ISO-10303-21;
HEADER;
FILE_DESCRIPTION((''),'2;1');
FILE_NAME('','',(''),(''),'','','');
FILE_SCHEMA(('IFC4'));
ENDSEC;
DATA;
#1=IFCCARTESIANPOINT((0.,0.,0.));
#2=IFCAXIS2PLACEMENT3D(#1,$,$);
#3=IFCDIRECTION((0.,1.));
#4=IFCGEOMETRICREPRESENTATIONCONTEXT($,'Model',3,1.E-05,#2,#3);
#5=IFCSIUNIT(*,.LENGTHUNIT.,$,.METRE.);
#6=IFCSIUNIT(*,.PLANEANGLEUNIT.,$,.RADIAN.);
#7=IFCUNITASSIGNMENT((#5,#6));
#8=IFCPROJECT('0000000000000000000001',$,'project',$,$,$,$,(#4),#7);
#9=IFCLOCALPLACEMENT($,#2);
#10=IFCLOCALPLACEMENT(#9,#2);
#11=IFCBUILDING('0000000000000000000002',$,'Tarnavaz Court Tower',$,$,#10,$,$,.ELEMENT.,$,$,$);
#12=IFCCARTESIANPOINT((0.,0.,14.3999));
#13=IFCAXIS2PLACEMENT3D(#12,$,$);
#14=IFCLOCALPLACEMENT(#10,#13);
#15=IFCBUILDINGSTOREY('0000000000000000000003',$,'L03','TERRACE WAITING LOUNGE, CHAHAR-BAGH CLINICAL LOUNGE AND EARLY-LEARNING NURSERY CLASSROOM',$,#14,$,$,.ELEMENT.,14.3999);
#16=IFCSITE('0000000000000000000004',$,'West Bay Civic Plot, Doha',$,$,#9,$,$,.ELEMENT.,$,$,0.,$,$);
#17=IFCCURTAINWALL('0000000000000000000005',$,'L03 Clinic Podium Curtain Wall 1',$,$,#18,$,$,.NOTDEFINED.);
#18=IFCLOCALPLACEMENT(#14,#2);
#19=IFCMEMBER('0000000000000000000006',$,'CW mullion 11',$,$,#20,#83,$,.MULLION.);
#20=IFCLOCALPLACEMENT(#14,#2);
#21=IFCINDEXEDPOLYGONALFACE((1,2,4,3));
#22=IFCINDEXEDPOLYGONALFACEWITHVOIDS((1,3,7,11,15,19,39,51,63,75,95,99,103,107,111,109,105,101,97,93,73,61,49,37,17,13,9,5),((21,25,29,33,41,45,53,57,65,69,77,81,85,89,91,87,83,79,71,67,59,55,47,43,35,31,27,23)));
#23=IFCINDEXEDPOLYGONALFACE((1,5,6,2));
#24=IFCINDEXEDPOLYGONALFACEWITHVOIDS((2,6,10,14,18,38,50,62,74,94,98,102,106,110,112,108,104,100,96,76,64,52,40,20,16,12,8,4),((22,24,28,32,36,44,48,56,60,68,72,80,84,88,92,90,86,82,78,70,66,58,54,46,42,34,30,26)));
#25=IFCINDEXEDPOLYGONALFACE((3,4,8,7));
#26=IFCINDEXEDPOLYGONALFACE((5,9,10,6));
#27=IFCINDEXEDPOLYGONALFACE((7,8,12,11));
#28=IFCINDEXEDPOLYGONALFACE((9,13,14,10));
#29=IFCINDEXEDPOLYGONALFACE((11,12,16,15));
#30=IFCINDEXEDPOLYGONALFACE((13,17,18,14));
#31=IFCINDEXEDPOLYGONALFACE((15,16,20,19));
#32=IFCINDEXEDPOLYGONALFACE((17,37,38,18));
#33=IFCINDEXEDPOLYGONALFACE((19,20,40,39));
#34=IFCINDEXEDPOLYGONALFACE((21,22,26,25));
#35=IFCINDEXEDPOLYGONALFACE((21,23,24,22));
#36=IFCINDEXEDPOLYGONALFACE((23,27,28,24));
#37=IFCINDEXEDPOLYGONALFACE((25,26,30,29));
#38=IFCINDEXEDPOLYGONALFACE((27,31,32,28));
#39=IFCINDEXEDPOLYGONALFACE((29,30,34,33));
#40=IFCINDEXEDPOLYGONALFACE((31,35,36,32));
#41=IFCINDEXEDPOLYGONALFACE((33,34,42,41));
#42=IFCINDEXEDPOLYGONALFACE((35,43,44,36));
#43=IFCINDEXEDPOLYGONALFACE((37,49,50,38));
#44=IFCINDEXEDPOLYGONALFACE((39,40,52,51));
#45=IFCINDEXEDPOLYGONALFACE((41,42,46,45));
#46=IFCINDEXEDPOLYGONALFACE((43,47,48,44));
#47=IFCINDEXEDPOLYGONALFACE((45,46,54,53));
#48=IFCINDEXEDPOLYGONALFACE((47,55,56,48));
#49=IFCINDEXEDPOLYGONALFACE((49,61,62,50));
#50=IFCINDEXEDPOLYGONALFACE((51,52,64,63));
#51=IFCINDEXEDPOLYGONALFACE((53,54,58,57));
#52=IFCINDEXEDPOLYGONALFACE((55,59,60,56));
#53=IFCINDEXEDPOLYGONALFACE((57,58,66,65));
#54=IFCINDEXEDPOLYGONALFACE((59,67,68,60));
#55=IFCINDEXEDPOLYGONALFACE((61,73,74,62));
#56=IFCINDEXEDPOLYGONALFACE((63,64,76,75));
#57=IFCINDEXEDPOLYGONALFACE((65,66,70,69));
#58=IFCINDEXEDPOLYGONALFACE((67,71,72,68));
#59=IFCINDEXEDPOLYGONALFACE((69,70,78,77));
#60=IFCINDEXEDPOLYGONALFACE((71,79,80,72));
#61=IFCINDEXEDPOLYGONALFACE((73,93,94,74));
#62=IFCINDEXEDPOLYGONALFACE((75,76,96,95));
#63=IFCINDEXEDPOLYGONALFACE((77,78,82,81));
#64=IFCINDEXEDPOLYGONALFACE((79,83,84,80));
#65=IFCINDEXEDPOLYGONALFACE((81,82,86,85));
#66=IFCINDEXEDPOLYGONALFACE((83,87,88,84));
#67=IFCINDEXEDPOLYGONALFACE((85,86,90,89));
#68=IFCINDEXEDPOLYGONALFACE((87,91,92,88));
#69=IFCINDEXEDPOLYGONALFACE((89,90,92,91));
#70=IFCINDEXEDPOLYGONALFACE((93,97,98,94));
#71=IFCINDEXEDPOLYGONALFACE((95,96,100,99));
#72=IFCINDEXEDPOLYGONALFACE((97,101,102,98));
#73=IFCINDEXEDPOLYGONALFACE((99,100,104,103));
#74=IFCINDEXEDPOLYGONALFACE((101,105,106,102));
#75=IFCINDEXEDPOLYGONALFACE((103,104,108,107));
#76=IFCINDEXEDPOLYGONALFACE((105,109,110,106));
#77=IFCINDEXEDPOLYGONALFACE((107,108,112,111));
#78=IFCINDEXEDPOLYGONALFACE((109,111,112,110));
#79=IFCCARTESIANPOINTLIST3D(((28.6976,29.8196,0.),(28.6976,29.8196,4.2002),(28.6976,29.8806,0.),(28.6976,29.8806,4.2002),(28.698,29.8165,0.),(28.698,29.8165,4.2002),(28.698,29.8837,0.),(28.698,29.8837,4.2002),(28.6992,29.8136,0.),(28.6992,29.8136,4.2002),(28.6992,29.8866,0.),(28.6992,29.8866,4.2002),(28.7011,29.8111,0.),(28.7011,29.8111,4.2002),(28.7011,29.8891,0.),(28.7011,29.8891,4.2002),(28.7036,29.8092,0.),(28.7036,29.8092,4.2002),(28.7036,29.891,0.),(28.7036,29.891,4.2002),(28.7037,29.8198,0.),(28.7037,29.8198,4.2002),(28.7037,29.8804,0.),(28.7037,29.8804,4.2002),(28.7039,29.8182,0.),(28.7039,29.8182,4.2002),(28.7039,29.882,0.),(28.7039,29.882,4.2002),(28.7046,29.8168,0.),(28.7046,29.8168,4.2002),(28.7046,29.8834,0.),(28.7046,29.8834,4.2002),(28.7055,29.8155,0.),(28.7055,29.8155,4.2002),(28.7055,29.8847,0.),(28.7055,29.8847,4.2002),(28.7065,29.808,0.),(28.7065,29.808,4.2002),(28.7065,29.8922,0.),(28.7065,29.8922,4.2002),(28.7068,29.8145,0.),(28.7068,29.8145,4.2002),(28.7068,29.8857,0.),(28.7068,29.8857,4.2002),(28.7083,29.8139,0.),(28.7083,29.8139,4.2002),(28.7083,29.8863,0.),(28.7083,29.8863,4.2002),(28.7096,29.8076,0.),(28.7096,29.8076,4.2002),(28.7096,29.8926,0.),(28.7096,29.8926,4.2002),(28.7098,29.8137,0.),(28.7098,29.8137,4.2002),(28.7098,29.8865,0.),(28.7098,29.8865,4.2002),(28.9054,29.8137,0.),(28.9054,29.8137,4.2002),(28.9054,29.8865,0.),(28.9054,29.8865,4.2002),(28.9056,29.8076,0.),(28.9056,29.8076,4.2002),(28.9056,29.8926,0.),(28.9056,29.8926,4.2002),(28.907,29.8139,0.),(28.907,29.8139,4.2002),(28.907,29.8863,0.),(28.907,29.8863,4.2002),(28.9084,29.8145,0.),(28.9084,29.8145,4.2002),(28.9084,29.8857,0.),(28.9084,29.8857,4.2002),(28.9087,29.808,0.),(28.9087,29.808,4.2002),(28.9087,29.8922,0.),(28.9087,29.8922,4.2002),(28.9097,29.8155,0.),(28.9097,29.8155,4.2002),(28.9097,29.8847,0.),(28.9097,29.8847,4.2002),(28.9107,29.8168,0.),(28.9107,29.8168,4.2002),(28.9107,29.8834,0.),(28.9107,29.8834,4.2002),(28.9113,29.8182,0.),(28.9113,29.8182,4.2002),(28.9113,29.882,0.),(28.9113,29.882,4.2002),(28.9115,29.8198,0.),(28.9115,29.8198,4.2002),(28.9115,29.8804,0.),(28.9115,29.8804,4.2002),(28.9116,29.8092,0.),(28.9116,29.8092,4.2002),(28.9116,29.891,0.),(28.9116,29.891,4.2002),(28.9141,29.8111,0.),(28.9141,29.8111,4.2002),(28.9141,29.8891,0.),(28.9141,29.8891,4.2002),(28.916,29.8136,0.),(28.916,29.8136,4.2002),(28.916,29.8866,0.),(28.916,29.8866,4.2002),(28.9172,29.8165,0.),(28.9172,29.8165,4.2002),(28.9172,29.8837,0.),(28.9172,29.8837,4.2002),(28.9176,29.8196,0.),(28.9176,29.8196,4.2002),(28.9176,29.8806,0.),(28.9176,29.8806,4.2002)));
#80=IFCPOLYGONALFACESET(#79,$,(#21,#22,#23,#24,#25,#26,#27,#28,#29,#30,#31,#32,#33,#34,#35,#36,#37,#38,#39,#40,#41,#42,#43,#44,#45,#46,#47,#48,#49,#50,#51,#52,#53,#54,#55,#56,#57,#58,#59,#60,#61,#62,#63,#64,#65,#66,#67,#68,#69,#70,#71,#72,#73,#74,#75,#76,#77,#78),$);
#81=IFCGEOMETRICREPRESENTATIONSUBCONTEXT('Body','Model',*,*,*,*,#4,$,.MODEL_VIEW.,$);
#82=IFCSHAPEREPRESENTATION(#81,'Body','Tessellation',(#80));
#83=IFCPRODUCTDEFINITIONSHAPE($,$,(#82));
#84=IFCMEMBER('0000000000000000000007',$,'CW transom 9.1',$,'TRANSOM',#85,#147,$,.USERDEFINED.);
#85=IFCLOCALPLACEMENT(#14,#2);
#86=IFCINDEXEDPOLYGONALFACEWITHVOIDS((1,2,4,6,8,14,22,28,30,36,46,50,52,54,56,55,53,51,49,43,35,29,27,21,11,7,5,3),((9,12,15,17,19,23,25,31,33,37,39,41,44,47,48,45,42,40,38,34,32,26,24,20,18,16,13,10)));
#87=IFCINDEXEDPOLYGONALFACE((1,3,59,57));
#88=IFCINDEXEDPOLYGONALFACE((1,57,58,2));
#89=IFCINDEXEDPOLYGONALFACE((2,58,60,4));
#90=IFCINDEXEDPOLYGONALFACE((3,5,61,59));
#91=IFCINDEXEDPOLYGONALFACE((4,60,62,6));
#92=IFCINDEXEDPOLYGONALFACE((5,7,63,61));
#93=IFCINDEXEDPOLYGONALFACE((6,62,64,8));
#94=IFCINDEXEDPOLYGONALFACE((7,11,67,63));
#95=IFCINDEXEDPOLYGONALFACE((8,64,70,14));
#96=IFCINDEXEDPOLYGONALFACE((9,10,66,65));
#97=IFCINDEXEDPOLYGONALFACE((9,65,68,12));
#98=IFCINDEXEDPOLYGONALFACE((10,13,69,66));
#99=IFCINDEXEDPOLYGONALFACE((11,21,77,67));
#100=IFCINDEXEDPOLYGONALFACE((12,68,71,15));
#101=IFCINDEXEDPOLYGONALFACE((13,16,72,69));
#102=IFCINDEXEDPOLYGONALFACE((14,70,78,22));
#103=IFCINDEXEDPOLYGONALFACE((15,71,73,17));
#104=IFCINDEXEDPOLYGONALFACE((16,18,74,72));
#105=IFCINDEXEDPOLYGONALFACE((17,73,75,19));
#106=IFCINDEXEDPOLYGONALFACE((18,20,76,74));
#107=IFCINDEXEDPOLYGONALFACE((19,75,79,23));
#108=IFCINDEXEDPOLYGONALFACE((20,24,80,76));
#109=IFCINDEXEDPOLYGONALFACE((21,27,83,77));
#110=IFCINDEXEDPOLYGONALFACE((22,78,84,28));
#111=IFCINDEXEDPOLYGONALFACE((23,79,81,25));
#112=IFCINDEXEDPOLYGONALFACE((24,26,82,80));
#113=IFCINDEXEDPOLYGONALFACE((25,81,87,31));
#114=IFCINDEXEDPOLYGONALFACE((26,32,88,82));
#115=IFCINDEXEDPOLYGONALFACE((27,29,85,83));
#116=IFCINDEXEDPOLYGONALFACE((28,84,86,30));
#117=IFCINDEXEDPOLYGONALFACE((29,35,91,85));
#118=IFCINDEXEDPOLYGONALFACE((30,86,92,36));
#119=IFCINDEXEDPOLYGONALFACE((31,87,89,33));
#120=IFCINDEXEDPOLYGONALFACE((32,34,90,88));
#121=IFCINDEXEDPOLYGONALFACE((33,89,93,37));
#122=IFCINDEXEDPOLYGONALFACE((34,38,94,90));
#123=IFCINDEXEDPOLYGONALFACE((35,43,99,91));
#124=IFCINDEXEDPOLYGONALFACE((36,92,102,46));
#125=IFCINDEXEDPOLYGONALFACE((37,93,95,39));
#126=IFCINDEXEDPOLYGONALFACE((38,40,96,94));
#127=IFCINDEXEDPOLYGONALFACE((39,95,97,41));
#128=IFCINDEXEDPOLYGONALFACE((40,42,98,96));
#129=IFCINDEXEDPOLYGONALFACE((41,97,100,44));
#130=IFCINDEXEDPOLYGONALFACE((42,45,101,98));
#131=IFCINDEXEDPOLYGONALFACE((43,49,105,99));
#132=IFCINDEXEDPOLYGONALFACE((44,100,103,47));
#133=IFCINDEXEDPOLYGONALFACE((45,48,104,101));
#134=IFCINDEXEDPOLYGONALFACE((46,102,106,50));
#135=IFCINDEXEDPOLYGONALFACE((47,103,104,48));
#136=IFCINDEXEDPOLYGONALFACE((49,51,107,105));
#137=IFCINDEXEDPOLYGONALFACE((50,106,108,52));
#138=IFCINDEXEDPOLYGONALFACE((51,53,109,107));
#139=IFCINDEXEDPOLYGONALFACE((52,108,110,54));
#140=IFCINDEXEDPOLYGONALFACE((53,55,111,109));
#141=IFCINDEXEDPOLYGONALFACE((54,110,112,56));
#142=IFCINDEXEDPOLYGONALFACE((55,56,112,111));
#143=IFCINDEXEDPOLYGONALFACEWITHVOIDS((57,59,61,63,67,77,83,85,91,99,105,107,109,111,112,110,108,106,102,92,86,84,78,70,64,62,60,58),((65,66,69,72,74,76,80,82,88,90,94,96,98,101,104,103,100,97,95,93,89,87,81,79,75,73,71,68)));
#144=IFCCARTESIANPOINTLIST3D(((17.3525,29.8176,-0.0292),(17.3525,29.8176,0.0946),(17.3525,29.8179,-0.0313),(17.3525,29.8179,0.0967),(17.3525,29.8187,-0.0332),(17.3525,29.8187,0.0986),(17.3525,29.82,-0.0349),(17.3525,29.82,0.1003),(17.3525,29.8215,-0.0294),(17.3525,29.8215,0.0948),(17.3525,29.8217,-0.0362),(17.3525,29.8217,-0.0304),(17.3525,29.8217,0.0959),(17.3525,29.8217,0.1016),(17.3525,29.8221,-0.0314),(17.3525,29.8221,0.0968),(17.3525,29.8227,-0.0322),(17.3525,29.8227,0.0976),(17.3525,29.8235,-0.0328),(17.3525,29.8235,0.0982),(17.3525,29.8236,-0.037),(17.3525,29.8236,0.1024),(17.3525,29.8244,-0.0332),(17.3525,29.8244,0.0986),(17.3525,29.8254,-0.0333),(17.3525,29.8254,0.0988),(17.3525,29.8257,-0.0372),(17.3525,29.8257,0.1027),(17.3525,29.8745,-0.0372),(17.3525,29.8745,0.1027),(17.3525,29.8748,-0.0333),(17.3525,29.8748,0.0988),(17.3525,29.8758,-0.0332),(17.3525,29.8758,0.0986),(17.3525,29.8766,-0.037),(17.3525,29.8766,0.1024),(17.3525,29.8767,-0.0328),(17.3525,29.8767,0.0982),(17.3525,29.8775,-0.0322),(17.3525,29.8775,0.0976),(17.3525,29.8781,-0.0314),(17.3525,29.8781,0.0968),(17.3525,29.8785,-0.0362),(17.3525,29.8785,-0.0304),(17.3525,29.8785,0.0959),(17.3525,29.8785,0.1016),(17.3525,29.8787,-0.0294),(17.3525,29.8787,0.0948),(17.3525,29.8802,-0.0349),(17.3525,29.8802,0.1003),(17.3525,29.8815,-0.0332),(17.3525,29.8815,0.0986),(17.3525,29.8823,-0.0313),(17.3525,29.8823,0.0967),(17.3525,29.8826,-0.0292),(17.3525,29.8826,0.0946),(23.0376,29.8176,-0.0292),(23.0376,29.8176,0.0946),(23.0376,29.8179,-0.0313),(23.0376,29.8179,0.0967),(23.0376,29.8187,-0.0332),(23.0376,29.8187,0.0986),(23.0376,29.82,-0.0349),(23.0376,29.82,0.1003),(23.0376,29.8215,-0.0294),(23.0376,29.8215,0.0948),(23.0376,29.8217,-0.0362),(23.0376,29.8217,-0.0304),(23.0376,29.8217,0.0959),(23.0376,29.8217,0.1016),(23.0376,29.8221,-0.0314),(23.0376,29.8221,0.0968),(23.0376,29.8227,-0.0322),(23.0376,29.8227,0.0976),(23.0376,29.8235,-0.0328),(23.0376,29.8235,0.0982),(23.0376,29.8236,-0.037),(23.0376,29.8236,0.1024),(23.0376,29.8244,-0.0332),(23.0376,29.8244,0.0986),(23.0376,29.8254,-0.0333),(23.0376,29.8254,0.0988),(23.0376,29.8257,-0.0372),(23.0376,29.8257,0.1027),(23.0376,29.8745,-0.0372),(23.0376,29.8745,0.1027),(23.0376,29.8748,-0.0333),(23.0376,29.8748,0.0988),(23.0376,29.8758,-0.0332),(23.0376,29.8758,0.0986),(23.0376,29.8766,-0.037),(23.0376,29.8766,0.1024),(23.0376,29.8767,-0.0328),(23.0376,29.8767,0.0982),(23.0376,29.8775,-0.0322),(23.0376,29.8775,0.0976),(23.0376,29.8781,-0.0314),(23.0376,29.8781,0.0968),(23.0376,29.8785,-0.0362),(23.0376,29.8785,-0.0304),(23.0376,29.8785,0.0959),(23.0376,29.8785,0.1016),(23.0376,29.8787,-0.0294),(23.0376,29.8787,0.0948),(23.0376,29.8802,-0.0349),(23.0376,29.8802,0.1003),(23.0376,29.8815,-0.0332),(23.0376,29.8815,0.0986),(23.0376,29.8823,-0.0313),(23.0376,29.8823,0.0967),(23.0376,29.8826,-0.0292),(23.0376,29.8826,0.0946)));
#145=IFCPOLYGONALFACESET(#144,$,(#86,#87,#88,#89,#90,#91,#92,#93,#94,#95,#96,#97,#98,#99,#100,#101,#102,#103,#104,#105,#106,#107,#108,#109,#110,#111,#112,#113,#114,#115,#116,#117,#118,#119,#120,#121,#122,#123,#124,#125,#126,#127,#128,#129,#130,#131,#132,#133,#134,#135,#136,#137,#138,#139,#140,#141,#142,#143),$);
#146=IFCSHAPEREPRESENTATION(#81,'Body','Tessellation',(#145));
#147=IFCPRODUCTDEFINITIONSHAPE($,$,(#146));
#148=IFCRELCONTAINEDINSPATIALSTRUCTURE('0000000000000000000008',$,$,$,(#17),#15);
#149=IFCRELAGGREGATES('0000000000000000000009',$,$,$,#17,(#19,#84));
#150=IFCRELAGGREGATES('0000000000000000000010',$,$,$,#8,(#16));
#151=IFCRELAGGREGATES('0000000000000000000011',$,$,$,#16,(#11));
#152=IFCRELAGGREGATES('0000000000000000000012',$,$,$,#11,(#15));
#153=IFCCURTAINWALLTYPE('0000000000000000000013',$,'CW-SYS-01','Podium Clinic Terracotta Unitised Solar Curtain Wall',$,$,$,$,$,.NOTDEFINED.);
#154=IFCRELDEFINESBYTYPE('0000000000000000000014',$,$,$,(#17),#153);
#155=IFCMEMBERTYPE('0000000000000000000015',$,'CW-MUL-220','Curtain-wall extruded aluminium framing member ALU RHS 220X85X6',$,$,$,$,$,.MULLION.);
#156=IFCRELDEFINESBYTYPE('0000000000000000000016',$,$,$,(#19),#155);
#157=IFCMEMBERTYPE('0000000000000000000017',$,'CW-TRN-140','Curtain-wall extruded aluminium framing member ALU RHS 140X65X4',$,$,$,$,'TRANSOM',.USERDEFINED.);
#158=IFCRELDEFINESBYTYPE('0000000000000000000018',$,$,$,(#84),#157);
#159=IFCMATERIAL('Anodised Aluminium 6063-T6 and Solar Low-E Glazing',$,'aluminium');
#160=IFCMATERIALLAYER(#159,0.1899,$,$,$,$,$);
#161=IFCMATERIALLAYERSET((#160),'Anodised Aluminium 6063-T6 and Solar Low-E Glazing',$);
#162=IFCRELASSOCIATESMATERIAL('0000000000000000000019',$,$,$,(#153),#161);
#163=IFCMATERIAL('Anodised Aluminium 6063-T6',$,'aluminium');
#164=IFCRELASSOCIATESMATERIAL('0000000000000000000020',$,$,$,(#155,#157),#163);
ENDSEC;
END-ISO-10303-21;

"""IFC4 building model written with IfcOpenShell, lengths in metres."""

from ifc_helpers import new_model, si_unit, direction, frame, origin, origin_2d, place, context, subcontext, project, spatial, hollow_rectangle, extrude, material, layer, layer_set, material_profile, profile_set, type_object, element, aggregate, save


model = new_model("IFC4")

# Units and contexts
model_context = context("Model", 3, precision=1e-05, world=origin(), true_north=direction((0.0, 1.0)))
body_context = subcontext(model_context, "Body", "Model", "MODEL_VIEW")
ifc_project = project(units=[si_unit("LENGTHUNIT", "METRE"), si_unit("PLANEANGLEUNIT", "RADIAN")], contexts=[model_context])

# Site, building, storey
site_placement = place(None, origin())
site = spatial("IfcSite", under=ifc_project, at=site_placement, Name="West Bay Civic Plot, Doha", CompositionType="ELEMENT", RefElevation=0.0)
building_placement = place(site_placement, origin())
building = spatial("IfcBuilding", under=site, at=building_placement, Name="Tarnavaz Court Tower", CompositionType="ELEMENT")
storey_placement = place(building_placement, frame((0.0, 0.0, 14.3999)))
storey = spatial("IfcBuildingStorey", under=building, at=storey_placement, Name="L03", Description="TERRACE WAITING LOUNGE, CHAHAR-BAGH CLINICAL LOUNGE AND EARLY-LEARNING NURSERY CLASSROOM", CompositionType="ELEMENT", Elevation=14.3999)

# Curtain wall, members
ifc_material_1 = material(Name="Anodised Aluminium 6063-T6 and Solar Low-E Glazing", Category="aluminium")
ifc_layer_1 = layer(ifc_material_1, 0.1899)
ifc_layer_set_1 = layer_set([ifc_layer_1], Name="Anodised Aluminium 6063-T6 and Solar Low-E Glazing")
curtain_wall_type = type_object("IfcCurtainWallType", Name="CW-SYS-01", Description="Podium Clinic Terracotta Unitised Solar Curtain Wall", PredefinedType="NOTDEFINED", material=ifc_layer_set_1)
curtain_wall_placement = place(storey_placement, origin())
curtain_wall = element("IfcCurtainWall", 1, at=curtain_wall_placement, inside=storey, type_object=curtain_wall_type, Name="L03 Clinic Podium Curtain Wall 1", PredefinedType="NOTDEFINED")
ifc_material_2 = material(Name="Anodised Aluminium 6063-T6", Category="aluminium")
ifc_material_profile_1 = material_profile(ifc_material_2, hollow_rectangle(XDim=0.085, YDim=0.22, WallThickness=0.0061, InnerFilletRadius=0.0061, OuterFilletRadius=0.012, at=origin_2d()), Name="ALU RHS 220X85X6")
ifc_profile_set_1 = profile_set([ifc_material_profile_1], Name="Anodised Aluminium 6063-T6")
member_type_1 = type_object("IfcMemberType", Name="CW-MUL-220", Description="Curtain-wall extruded aluminium framing member ALU RHS 220X85X6", PredefinedType="MULLION", material=ifc_profile_set_1)
member_1_placement = place(storey_placement, frame((28.8076, 29.8501, 0.0), z_axis=(0.0, 0.0, 1.0), x_axis=(0.0, 1.0, 0.0)))
member_1 = element("IfcMember", 2, at=member_1_placement, type_object=member_type_1, Name="CW mullion 11", PredefinedType="MULLION", context=body_context, shape_type="SweptSolid", body=[
    extrude(hollow_rectangle(XDim=0.085, YDim=0.22, WallThickness=0.0061, InnerFilletRadius=0.0061, OuterFilletRadius=0.012, at=origin_2d()), origin(), (0.0, 0.0, 1.0), 4.2002),
])
ifc_material_profile_2 = material_profile(ifc_material_2, hollow_rectangle(XDim=0.0649, YDim=0.1399, WallThickness=0.0039, InnerFilletRadius=0.0039, OuterFilletRadius=0.0081, at=origin_2d()), Name="ALU RHS 140X65X4")
ifc_profile_set_2 = profile_set([ifc_material_profile_2], Name="Anodised Aluminium 6063-T6")
member_type_2 = type_object("IfcMemberType", Name="CW-TRN-140", Description="Curtain-wall extruded aluminium framing member ALU RHS 140X65X4", ElementType="TRANSOM", PredefinedType="USERDEFINED", material=ifc_profile_set_2)
member_2_placement = place(storey_placement, frame((17.3525, 29.8501, 0.0327), z_axis=(1.0, 0.0, 0.0), x_axis=(0.0, 1.0, 0.0)))
member_2 = element("IfcMember", 3, at=member_2_placement, type_object=member_type_2, Name="CW transom 9.1", ObjectType="TRANSOM", PredefinedType="USERDEFINED", context=body_context, shape_type="SweptSolid", body=[
    extrude(hollow_rectangle(XDim=0.0649, YDim=0.1399, WallThickness=0.0039, InnerFilletRadius=0.0039, OuterFilletRadius=0.0081, at=origin_2d()), origin(), (0.0, 0.0, 1.0), 5.6851),
])
aggregate(curtain_wall, [member_1, member_2])

save(model, "model.ifc")
